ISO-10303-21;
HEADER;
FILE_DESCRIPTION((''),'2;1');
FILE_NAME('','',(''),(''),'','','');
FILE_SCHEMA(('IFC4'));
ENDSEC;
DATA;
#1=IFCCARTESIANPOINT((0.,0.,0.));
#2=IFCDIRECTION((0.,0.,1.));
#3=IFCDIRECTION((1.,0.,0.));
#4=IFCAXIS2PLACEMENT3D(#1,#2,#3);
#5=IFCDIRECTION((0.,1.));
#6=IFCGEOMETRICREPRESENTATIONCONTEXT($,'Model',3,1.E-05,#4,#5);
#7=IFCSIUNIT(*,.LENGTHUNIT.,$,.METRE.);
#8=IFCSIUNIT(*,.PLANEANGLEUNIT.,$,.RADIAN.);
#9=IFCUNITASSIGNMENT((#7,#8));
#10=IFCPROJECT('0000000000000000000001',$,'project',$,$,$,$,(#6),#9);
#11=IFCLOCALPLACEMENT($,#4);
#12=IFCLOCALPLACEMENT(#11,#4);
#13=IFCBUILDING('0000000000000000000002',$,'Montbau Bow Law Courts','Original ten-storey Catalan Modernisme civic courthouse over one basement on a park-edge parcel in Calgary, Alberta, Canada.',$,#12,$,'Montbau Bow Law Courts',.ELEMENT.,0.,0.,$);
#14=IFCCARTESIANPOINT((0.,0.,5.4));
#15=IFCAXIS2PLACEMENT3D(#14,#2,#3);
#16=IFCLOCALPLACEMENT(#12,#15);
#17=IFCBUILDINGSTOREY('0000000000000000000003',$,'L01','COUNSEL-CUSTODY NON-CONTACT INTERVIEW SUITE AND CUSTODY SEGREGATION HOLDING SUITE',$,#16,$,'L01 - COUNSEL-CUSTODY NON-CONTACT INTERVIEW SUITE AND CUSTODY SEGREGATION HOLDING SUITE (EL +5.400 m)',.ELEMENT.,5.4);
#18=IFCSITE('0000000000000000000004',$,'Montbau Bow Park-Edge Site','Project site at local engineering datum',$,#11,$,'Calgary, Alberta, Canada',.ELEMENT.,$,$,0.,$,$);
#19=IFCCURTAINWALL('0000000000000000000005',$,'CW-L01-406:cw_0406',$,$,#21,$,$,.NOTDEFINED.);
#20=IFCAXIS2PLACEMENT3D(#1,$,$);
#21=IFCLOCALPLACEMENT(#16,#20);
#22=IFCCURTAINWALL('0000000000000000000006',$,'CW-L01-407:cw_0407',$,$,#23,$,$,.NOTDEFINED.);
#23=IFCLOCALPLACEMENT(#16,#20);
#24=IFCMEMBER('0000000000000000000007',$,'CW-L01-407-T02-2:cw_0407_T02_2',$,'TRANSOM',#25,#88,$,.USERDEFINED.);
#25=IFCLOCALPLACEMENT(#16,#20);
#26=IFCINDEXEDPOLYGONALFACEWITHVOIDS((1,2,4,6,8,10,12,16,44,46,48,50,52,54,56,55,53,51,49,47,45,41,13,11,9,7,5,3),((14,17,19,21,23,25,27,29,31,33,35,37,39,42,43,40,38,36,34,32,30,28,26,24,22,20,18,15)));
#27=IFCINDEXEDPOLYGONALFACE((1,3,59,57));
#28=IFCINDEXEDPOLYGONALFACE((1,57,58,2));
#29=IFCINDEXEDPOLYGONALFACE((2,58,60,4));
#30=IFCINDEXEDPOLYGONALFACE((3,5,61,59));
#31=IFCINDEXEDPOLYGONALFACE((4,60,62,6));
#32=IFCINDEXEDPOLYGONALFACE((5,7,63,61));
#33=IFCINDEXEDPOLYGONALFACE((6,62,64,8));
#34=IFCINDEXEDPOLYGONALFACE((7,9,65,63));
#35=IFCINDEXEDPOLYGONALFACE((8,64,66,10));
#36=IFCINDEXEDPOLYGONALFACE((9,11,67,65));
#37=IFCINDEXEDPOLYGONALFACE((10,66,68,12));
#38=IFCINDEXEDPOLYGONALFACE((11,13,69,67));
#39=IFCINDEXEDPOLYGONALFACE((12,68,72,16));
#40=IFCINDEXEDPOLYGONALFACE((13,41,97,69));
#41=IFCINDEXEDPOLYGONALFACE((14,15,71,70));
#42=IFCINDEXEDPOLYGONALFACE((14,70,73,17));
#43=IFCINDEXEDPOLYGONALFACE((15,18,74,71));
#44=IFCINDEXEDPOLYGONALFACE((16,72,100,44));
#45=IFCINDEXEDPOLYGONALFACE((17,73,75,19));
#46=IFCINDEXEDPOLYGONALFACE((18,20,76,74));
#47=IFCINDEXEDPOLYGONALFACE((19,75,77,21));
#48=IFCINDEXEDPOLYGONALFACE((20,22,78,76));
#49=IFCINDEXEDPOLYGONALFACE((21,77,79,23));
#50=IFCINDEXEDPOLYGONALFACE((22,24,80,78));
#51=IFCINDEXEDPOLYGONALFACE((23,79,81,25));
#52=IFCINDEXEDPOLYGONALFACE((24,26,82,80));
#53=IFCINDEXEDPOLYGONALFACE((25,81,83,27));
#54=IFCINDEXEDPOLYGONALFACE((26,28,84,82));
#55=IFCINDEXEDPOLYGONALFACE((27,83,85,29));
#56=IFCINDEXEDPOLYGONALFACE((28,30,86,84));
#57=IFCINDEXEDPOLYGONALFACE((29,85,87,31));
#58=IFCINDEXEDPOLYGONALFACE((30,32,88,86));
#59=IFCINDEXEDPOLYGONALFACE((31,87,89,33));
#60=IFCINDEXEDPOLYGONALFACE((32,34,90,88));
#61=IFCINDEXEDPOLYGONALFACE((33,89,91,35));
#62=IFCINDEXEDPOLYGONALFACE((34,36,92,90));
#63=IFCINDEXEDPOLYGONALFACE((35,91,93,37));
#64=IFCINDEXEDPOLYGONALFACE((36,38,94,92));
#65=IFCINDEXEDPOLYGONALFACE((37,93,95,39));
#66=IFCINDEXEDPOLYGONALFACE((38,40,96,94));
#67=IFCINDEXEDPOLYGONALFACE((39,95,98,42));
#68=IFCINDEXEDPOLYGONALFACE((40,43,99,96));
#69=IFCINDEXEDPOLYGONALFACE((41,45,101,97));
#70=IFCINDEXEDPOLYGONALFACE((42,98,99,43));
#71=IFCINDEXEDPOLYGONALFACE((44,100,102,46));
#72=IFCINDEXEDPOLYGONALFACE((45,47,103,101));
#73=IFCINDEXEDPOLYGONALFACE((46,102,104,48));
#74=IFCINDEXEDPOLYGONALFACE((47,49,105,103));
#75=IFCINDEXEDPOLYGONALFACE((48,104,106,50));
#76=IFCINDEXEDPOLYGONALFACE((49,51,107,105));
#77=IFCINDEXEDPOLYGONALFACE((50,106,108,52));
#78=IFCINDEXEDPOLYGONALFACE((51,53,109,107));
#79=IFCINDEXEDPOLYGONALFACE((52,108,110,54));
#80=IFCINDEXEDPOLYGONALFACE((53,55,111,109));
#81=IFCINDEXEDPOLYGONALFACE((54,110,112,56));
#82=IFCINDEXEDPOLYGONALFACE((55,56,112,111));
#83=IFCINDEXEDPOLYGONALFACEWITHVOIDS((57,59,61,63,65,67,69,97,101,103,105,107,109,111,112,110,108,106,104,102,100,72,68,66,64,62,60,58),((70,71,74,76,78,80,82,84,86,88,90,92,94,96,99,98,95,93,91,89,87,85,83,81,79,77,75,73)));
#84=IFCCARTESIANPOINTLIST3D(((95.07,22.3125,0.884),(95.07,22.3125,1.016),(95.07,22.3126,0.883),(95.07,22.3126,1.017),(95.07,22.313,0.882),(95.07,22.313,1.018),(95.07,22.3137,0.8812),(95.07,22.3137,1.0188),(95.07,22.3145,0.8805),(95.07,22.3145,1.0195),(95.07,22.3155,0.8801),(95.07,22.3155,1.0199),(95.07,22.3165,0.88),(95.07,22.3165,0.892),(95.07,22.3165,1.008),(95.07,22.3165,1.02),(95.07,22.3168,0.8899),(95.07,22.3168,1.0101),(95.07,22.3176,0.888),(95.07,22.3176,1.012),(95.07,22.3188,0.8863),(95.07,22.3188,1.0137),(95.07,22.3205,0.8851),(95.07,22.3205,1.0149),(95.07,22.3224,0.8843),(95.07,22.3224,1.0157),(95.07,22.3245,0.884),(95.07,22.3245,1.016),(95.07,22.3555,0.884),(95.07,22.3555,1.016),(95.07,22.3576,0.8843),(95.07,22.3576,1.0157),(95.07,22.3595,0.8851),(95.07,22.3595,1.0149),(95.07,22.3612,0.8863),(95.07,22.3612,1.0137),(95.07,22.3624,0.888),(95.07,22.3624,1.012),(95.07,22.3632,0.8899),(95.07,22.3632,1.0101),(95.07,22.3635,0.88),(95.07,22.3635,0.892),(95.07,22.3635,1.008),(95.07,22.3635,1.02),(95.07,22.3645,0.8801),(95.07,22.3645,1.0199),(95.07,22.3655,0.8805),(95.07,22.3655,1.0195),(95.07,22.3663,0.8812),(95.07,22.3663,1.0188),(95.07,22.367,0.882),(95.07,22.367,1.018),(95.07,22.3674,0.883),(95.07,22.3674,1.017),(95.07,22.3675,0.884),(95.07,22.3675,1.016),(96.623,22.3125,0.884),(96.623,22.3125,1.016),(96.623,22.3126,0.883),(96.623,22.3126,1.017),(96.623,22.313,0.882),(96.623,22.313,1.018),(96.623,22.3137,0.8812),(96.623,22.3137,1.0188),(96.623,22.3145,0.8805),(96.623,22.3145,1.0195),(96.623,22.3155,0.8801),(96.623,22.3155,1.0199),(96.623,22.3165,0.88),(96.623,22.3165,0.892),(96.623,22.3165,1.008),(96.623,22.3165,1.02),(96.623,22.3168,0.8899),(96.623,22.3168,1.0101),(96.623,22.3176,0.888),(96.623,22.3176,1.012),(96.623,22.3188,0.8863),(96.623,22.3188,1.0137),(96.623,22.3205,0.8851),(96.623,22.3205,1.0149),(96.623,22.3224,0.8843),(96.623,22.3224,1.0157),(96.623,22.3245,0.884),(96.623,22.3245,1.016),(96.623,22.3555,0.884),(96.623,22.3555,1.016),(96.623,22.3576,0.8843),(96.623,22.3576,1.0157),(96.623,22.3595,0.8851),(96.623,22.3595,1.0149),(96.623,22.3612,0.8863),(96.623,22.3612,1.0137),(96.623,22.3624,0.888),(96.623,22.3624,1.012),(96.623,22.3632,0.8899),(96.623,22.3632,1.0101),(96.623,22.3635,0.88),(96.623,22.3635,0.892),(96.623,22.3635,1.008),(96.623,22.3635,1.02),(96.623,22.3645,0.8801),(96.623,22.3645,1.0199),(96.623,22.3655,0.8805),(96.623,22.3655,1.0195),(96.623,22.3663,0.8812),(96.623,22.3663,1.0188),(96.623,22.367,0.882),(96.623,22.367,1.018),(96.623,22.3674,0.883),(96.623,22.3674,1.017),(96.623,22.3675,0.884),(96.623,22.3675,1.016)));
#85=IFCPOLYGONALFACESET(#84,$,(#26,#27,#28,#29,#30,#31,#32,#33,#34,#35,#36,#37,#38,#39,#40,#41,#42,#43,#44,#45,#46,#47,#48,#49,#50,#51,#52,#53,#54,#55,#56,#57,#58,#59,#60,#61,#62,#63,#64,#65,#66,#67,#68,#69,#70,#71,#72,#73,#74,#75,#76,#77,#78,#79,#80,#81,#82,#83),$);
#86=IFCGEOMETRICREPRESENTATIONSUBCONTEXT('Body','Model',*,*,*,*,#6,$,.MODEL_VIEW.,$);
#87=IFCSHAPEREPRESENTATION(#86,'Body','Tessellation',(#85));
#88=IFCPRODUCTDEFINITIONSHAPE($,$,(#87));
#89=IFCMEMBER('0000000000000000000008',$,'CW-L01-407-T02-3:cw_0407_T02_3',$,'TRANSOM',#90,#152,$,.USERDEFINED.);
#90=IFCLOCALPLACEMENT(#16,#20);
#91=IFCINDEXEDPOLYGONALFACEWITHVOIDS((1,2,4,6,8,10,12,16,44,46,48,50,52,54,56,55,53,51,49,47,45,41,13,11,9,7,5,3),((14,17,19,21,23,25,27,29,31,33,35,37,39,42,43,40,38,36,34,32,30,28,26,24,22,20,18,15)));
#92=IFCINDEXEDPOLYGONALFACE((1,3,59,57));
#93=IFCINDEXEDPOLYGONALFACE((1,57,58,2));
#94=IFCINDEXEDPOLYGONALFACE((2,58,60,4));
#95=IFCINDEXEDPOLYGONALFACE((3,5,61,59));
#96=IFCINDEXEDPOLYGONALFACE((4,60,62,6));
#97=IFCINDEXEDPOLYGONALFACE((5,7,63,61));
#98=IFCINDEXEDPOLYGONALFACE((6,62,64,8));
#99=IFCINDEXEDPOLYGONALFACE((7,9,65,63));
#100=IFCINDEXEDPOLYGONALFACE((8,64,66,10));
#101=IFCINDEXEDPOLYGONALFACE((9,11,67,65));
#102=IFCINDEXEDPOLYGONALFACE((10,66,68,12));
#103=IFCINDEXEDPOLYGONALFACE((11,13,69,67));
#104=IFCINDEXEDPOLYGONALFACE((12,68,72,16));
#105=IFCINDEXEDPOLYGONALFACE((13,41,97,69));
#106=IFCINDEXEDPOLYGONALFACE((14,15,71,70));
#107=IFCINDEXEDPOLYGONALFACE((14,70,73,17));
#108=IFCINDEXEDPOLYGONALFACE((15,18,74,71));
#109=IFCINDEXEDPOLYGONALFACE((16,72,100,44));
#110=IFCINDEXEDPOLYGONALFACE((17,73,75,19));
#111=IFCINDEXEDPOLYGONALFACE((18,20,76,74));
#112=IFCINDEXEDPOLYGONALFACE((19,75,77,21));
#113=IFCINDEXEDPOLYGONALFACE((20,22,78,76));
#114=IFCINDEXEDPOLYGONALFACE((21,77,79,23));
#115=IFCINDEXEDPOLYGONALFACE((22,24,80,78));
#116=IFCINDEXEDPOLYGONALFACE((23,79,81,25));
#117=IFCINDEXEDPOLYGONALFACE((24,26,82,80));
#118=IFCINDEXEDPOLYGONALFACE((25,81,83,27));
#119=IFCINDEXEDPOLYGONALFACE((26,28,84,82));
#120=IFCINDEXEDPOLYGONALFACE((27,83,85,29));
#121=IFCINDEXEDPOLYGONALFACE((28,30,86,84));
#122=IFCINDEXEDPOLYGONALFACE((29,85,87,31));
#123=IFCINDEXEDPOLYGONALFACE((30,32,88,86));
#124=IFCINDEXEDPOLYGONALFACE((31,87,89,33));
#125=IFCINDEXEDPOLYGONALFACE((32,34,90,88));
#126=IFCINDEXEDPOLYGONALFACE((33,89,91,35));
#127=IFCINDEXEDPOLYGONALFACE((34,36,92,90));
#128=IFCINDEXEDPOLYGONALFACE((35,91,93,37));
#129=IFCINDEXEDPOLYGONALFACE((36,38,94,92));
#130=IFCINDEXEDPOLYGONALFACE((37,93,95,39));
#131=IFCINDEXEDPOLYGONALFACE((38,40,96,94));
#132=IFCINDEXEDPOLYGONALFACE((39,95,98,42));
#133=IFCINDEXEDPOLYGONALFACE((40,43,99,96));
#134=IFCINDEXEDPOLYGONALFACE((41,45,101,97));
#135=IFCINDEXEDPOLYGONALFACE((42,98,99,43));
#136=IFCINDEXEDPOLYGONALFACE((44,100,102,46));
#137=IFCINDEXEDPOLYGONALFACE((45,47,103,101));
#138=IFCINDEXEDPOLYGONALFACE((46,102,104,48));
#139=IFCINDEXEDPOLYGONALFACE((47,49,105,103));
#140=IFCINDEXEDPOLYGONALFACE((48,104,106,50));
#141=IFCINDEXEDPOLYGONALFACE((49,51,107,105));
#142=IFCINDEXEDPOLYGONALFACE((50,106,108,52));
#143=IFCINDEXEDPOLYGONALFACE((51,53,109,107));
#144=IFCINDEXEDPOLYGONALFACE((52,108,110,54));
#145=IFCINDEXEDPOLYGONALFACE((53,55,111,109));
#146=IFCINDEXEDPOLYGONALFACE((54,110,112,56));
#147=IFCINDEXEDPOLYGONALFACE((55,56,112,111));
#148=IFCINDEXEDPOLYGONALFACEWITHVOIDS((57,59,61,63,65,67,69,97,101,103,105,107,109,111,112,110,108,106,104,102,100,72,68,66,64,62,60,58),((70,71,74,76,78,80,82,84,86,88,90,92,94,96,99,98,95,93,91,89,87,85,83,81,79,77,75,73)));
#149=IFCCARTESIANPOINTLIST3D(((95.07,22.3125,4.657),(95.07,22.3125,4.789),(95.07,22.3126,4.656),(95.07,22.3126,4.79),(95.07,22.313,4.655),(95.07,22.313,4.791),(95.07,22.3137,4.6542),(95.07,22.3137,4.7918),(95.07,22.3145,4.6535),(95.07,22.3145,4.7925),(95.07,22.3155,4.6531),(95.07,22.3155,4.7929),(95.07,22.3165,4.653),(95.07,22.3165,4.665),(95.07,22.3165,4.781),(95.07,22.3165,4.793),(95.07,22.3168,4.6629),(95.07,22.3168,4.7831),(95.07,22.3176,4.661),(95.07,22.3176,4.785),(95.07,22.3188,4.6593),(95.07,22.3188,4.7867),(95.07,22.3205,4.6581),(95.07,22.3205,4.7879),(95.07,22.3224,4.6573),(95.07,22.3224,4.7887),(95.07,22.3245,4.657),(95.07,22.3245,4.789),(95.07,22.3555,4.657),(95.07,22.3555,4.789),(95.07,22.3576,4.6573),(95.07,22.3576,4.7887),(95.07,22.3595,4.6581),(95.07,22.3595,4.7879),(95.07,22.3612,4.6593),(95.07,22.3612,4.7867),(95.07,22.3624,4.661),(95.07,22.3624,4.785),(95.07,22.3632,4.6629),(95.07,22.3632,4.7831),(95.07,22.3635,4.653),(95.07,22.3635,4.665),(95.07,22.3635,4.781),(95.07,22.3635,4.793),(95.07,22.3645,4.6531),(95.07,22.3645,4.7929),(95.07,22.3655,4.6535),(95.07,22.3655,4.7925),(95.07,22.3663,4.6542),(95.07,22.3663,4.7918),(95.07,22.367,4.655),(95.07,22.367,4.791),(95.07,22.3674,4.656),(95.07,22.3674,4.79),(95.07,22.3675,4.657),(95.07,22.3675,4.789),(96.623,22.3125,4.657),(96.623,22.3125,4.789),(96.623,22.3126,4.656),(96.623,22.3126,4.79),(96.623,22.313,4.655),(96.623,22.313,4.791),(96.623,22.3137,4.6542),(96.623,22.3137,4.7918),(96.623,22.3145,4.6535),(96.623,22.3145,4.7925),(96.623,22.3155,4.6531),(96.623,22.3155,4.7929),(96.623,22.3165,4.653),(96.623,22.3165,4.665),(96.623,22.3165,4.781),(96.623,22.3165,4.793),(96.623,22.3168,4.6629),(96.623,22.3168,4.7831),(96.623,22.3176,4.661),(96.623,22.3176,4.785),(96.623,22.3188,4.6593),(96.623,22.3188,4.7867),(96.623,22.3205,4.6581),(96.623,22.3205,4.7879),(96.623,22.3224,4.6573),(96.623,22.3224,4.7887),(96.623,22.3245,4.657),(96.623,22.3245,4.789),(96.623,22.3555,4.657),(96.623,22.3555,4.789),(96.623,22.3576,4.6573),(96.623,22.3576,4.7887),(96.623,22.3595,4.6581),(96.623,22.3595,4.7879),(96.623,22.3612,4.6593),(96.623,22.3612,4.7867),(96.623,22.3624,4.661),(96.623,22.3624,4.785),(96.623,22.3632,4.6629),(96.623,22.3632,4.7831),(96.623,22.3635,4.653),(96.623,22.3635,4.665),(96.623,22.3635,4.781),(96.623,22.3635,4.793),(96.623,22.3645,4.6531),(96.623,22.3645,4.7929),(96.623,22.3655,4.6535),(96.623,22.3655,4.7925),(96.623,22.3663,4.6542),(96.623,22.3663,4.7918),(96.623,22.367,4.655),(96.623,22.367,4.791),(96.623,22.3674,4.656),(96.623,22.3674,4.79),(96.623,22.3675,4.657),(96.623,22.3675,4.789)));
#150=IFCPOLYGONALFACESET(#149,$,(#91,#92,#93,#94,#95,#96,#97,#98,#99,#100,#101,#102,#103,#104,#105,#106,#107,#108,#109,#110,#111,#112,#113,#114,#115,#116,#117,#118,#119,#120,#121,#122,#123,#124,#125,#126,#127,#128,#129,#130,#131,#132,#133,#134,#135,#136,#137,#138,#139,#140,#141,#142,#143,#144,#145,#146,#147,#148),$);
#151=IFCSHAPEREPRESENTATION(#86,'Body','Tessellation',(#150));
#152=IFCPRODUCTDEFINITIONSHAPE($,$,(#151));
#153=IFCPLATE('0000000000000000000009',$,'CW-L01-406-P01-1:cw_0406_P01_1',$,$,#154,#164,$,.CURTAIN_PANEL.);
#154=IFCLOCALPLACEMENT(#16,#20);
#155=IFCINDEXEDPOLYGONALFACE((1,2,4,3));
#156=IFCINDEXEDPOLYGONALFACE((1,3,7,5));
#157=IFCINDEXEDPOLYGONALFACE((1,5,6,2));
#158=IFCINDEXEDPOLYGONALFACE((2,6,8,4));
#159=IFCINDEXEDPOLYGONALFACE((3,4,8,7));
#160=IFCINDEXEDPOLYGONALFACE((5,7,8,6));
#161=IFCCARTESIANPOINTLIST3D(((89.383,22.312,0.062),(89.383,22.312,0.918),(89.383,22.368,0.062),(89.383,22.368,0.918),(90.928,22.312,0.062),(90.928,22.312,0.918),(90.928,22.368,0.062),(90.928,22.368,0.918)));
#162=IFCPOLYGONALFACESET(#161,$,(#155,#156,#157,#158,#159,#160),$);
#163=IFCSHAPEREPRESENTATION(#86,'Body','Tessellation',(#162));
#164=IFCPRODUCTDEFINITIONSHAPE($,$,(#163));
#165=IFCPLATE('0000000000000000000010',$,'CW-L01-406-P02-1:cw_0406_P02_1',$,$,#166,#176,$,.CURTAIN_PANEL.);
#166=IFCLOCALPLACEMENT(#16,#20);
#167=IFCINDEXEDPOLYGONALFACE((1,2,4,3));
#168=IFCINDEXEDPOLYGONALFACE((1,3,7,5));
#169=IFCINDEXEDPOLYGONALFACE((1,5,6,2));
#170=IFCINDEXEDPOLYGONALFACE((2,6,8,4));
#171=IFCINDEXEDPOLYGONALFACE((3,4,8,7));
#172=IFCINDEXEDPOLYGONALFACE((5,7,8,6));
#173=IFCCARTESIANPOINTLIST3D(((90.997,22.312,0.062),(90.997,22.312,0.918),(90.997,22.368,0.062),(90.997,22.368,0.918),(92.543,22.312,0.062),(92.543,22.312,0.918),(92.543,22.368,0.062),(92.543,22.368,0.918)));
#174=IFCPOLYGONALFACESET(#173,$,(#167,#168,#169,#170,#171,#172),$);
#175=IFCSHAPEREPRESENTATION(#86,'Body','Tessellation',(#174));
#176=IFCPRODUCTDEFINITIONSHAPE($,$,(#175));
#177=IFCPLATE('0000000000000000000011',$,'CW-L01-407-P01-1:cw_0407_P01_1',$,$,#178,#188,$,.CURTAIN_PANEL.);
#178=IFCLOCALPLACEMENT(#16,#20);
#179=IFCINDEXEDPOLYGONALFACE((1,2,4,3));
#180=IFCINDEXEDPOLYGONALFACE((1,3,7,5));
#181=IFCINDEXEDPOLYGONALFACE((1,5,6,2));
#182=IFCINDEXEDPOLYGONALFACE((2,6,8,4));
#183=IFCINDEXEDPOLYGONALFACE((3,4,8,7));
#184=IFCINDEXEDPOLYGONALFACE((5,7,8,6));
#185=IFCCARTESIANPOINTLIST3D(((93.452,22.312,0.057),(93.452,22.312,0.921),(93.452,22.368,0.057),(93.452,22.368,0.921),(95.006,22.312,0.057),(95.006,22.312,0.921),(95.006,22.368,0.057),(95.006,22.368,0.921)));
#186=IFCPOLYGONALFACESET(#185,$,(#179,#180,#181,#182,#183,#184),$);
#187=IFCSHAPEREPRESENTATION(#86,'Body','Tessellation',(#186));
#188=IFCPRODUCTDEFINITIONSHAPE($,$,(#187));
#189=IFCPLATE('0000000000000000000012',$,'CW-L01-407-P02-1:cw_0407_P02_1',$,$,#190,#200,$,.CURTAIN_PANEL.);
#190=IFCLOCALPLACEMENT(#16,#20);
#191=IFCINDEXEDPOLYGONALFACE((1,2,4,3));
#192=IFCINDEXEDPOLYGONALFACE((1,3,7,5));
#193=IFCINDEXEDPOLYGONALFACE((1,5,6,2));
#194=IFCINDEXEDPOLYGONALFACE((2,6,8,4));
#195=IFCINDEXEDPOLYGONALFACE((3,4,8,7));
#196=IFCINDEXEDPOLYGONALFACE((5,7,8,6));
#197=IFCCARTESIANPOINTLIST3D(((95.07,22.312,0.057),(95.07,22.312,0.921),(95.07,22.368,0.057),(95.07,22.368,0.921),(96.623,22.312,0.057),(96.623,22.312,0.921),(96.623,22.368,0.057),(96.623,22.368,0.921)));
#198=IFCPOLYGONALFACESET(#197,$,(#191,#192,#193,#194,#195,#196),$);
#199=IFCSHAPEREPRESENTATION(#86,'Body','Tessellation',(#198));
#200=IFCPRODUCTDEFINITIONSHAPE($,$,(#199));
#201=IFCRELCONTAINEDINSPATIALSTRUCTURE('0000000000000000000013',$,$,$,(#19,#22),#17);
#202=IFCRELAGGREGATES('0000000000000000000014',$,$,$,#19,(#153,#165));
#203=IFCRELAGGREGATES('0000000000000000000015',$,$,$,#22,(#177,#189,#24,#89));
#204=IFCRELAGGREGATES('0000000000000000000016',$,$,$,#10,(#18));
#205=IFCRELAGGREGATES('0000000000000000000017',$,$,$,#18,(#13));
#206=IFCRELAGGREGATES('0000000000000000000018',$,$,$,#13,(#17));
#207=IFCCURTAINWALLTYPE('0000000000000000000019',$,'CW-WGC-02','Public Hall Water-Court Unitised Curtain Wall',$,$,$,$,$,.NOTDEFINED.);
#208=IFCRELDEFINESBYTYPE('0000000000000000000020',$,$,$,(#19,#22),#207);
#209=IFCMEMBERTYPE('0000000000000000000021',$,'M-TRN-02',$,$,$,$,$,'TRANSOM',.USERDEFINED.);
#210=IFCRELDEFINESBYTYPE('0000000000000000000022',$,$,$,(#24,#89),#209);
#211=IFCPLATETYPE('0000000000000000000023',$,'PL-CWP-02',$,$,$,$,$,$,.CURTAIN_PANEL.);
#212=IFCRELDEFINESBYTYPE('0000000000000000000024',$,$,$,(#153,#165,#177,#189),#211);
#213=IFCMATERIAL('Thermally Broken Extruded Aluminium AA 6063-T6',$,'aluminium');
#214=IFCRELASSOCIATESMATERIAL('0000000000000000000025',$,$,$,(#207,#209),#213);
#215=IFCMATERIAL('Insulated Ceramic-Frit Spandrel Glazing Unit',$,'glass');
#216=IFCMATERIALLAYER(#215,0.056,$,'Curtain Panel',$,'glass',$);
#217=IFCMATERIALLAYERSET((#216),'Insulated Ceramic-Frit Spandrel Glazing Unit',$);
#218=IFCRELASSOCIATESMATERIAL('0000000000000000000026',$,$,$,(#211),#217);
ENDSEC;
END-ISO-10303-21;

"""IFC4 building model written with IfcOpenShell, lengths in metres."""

from ifc_helpers import new_model, si_unit, direction, frame, frame_2d, origin_with_axes, origin_2d_with_axis, place, context, subcontext, project, spatial, rectangle, hollow_rectangle, extrude, material, layer, layer_set, material_profile, profile_set, type_object, element, aggregate, save


model = new_model("IFC4")

# Units and contexts
model_context = context("Model", 3, precision=1e-05, world=origin_with_axes(), true_north=direction((0.0, 1.0)))
body_context = subcontext(model_context, "Body", "Model", "MODEL_VIEW")
ifc_project = project(units=[si_unit("LENGTHUNIT", "METRE"), si_unit("PLANEANGLEUNIT", "RADIAN")], contexts=[model_context])

# Site, building, storey
site_placement = place(None, origin_with_axes())
site = spatial("IfcSite", under=ifc_project, at=site_placement, Name="Montbau Bow Park-Edge Site", Description="Project site at local engineering datum", LongName="Calgary, Alberta, Canada", CompositionType="ELEMENT", RefElevation=0.0)
building_placement = place(site_placement, origin_with_axes())
building = spatial("IfcBuilding", under=site, at=building_placement, Name="Montbau Bow Law Courts", Description="Original ten-storey Catalan Modernisme civic courthouse over one basement on a park-edge parcel in Calgary, Alberta, Canada.", LongName="Montbau Bow Law Courts", CompositionType="ELEMENT", ElevationOfRefHeight=0.0, ElevationOfTerrain=0.0)
storey_placement = place(building_placement, frame((0.0, 0.0, 5.4), z_axis=(0.0, 0.0, 1.0), x_axis=(1.0, 0.0, 0.0)))
storey = spatial("IfcBuildingStorey", under=building, at=storey_placement, Name="L01", Description="COUNSEL-CUSTODY NON-CONTACT INTERVIEW SUITE AND CUSTODY SEGREGATION HOLDING SUITE", LongName="L01 - COUNSEL-CUSTODY NON-CONTACT INTERVIEW SUITE AND CUSTODY SEGREGATION HOLDING SUITE (EL +5.400 m)", CompositionType="ELEMENT", Elevation=5.4)

# Curtain walls
ifc_material_1 = material(Name="Thermally Broken Extruded Aluminium AA 6063-T6", Category="aluminium")
curtain_wall_type = type_object("IfcCurtainWallType", Name="CW-WGC-02", Description="Public Hall Water-Court Unitised Curtain Wall", PredefinedType="NOTDEFINED", material=ifc_material_1)
curtain_wall_1_placement = place(None, frame((89.315, 22.34, 5.4), z_axis=(0.0, 0.0, 1.0), x_axis=(1.0, 0.0, 0.0)))
curtain_wall_1 = element("IfcCurtainWall", 1, at=curtain_wall_1_placement, inside=storey, type_object=curtain_wall_type, Name="CW-L01-406:cw_0406", PredefinedType="NOTDEFINED")
curtain_wall_2_placement = place(None, frame((93.39, 22.34, 5.4), z_axis=(0.0, 0.0, 1.0), x_axis=(1.0, 0.0, 0.0)))
curtain_wall_2 = element("IfcCurtainWall", 2, at=curtain_wall_2_placement, inside=storey, type_object=curtain_wall_type, Name="CW-L01-407:cw_0407", PredefinedType="NOTDEFINED")

# Members
ifc_material_profile_1 = material_profile(ifc_material_1, hollow_rectangle(XDim=0.055, YDim=0.14, WallThickness=0.004, InnerFilletRadius=0.008, OuterFilletRadius=0.004, at=origin_2d_with_axis()), Name="CWT-140X55", Category="Main", Priority=0)
ifc_profile_set_1 = profile_set([ifc_material_profile_1], Name="Thermally Broken Extruded Aluminium AA 6063-T6")
member_type_1 = type_object("IfcMemberType", Name="M-TRN-02", ElementType="TRANSOM", PredefinedType="USERDEFINED", material=ifc_profile_set_1)
member_1_placement = place(None, frame((95.07, 22.34, 6.35), z_axis=(1.0, 0.0, 0.0), x_axis=(0.0, 1.0, 0.0)))
member_1 = element("IfcMember", 3, at=member_1_placement, type_object=member_type_1, Name="CW-L01-407-T02-2:cw_0407_T02_2", ObjectType="TRANSOM", PredefinedType="USERDEFINED", context=body_context, shape_type="SweptSolid", body=[
    extrude(hollow_rectangle(XDim=0.055, YDim=0.14, WallThickness=0.004, InnerFilletRadius=0.008, OuterFilletRadius=0.004, at=origin_2d_with_axis()), origin_with_axes(), (0.0, 0.0, 1.0), 1.553),
])
member_2_placement = place(None, frame((95.07, 22.34, 10.123), z_axis=(1.0, 0.0, 0.0), x_axis=(0.0, 1.0, 0.0)))
member_2 = element("IfcMember", 4, at=member_2_placement, type_object=member_type_1, Name="CW-L01-407-T02-3:cw_0407_T02_3", ObjectType="TRANSOM", PredefinedType="USERDEFINED", context=body_context, shape_type="SweptSolid", body=[
    extrude(hollow_rectangle(XDim=0.055, YDim=0.14, WallThickness=0.004, InnerFilletRadius=0.008, OuterFilletRadius=0.004, at=origin_2d_with_axis()), origin_with_axes(), (0.0, 0.0, 1.0), 1.553),
])

# Plates
ifc_material_2 = material(Name="Insulated Ceramic-Frit Spandrel Glazing Unit", Category="glass")
ifc_layer_1 = layer(ifc_material_2, 0.056, Name="Curtain Panel", Category="glass")
ifc_layer_set_1 = layer_set([ifc_layer_1], Name="Insulated Ceramic-Frit Spandrel Glazing Unit")
plate_type_1 = type_object("IfcPlateType", Name="PL-CWP-02", PredefinedType="CURTAIN_PANEL", material=ifc_layer_set_1)
plate_1_placement = place(None, frame((89.383, 22.34, 5.462), z_axis=(0.0, -1.0, 0.0), x_axis=(1.0, 0.0, 0.0)))
plate_1 = element("IfcPlate", 5, at=plate_1_placement, type_object=plate_type_1, Name="CW-L01-406-P01-1:cw_0406_P01_1", PredefinedType="CURTAIN_PANEL", context=body_context, shape_type="SweptSolid", body=[
    extrude(rectangle(XDim=1.545, YDim=0.856, at=frame_2d((0.7725, 0.428), x_axis=(1.0, 0.0))), frame((0.0, 0.0, -0.028), z_axis=(0.0, 0.0, 1.0), x_axis=(1.0, 0.0, 0.0)), (0.0, 0.0, 1.0), 0.056),
])
plate_2_placement = place(None, frame((90.997, 22.34, 5.462), z_axis=(0.0, -1.0, 0.0), x_axis=(1.0, 0.0, 0.0)))
plate_2 = element("IfcPlate", 6, at=plate_2_placement, type_object=plate_type_1, Name="CW-L01-406-P02-1:cw_0406_P02_1", PredefinedType="CURTAIN_PANEL", context=body_context, shape_type="SweptSolid", body=[
    extrude(rectangle(XDim=1.546, YDim=0.856, at=frame_2d((0.773, 0.428), x_axis=(1.0, 0.0))), frame((0.0, 0.0, -0.028), z_axis=(0.0, 0.0, 1.0), x_axis=(1.0, 0.0, 0.0)), (0.0, 0.0, 1.0), 0.056),
])
plate_3_placement = place(None, frame((93.452, 22.34, 5.457), z_axis=(0.0, -1.0, 0.0), x_axis=(1.0, 0.0, 0.0)))
plate_3 = element("IfcPlate", 7, at=plate_3_placement, type_object=plate_type_1, Name="CW-L01-407-P01-1:cw_0407_P01_1", PredefinedType="CURTAIN_PANEL", context=body_context, shape_type="SweptSolid", body=[
    extrude(rectangle(XDim=1.554, YDim=0.864, at=frame_2d((0.777, 0.432), x_axis=(1.0, 0.0))), frame((0.0, 0.0, -0.028), z_axis=(0.0, 0.0, 1.0), x_axis=(1.0, 0.0, 0.0)), (0.0, 0.0, 1.0), 0.056),
])
plate_4_placement = place(None, frame((95.07, 22.34, 5.457), z_axis=(0.0, -1.0, 0.0), x_axis=(1.0, 0.0, 0.0)))
plate_4 = element("IfcPlate", 8, at=plate_4_placement, type_object=plate_type_1, Name="CW-L01-407-P02-1:cw_0407_P02_1", PredefinedType="CURTAIN_PANEL", context=body_context, shape_type="SweptSolid", body=[
    extrude(rectangle(XDim=1.553, YDim=0.864, at=frame_2d((0.7765, 0.432), x_axis=(1.0, 0.0))), frame((0.0, 0.0, -0.028), z_axis=(0.0, 0.0, 1.0), x_axis=(1.0, 0.0, 0.0)), (0.0, 0.0, 1.0), 0.056),
])
aggregate(curtain_wall_1, [plate_1, plate_2])
aggregate(curtain_wall_2, [plate_3, plate_4, member_1, member_2])

save(model, "model.ifc")
